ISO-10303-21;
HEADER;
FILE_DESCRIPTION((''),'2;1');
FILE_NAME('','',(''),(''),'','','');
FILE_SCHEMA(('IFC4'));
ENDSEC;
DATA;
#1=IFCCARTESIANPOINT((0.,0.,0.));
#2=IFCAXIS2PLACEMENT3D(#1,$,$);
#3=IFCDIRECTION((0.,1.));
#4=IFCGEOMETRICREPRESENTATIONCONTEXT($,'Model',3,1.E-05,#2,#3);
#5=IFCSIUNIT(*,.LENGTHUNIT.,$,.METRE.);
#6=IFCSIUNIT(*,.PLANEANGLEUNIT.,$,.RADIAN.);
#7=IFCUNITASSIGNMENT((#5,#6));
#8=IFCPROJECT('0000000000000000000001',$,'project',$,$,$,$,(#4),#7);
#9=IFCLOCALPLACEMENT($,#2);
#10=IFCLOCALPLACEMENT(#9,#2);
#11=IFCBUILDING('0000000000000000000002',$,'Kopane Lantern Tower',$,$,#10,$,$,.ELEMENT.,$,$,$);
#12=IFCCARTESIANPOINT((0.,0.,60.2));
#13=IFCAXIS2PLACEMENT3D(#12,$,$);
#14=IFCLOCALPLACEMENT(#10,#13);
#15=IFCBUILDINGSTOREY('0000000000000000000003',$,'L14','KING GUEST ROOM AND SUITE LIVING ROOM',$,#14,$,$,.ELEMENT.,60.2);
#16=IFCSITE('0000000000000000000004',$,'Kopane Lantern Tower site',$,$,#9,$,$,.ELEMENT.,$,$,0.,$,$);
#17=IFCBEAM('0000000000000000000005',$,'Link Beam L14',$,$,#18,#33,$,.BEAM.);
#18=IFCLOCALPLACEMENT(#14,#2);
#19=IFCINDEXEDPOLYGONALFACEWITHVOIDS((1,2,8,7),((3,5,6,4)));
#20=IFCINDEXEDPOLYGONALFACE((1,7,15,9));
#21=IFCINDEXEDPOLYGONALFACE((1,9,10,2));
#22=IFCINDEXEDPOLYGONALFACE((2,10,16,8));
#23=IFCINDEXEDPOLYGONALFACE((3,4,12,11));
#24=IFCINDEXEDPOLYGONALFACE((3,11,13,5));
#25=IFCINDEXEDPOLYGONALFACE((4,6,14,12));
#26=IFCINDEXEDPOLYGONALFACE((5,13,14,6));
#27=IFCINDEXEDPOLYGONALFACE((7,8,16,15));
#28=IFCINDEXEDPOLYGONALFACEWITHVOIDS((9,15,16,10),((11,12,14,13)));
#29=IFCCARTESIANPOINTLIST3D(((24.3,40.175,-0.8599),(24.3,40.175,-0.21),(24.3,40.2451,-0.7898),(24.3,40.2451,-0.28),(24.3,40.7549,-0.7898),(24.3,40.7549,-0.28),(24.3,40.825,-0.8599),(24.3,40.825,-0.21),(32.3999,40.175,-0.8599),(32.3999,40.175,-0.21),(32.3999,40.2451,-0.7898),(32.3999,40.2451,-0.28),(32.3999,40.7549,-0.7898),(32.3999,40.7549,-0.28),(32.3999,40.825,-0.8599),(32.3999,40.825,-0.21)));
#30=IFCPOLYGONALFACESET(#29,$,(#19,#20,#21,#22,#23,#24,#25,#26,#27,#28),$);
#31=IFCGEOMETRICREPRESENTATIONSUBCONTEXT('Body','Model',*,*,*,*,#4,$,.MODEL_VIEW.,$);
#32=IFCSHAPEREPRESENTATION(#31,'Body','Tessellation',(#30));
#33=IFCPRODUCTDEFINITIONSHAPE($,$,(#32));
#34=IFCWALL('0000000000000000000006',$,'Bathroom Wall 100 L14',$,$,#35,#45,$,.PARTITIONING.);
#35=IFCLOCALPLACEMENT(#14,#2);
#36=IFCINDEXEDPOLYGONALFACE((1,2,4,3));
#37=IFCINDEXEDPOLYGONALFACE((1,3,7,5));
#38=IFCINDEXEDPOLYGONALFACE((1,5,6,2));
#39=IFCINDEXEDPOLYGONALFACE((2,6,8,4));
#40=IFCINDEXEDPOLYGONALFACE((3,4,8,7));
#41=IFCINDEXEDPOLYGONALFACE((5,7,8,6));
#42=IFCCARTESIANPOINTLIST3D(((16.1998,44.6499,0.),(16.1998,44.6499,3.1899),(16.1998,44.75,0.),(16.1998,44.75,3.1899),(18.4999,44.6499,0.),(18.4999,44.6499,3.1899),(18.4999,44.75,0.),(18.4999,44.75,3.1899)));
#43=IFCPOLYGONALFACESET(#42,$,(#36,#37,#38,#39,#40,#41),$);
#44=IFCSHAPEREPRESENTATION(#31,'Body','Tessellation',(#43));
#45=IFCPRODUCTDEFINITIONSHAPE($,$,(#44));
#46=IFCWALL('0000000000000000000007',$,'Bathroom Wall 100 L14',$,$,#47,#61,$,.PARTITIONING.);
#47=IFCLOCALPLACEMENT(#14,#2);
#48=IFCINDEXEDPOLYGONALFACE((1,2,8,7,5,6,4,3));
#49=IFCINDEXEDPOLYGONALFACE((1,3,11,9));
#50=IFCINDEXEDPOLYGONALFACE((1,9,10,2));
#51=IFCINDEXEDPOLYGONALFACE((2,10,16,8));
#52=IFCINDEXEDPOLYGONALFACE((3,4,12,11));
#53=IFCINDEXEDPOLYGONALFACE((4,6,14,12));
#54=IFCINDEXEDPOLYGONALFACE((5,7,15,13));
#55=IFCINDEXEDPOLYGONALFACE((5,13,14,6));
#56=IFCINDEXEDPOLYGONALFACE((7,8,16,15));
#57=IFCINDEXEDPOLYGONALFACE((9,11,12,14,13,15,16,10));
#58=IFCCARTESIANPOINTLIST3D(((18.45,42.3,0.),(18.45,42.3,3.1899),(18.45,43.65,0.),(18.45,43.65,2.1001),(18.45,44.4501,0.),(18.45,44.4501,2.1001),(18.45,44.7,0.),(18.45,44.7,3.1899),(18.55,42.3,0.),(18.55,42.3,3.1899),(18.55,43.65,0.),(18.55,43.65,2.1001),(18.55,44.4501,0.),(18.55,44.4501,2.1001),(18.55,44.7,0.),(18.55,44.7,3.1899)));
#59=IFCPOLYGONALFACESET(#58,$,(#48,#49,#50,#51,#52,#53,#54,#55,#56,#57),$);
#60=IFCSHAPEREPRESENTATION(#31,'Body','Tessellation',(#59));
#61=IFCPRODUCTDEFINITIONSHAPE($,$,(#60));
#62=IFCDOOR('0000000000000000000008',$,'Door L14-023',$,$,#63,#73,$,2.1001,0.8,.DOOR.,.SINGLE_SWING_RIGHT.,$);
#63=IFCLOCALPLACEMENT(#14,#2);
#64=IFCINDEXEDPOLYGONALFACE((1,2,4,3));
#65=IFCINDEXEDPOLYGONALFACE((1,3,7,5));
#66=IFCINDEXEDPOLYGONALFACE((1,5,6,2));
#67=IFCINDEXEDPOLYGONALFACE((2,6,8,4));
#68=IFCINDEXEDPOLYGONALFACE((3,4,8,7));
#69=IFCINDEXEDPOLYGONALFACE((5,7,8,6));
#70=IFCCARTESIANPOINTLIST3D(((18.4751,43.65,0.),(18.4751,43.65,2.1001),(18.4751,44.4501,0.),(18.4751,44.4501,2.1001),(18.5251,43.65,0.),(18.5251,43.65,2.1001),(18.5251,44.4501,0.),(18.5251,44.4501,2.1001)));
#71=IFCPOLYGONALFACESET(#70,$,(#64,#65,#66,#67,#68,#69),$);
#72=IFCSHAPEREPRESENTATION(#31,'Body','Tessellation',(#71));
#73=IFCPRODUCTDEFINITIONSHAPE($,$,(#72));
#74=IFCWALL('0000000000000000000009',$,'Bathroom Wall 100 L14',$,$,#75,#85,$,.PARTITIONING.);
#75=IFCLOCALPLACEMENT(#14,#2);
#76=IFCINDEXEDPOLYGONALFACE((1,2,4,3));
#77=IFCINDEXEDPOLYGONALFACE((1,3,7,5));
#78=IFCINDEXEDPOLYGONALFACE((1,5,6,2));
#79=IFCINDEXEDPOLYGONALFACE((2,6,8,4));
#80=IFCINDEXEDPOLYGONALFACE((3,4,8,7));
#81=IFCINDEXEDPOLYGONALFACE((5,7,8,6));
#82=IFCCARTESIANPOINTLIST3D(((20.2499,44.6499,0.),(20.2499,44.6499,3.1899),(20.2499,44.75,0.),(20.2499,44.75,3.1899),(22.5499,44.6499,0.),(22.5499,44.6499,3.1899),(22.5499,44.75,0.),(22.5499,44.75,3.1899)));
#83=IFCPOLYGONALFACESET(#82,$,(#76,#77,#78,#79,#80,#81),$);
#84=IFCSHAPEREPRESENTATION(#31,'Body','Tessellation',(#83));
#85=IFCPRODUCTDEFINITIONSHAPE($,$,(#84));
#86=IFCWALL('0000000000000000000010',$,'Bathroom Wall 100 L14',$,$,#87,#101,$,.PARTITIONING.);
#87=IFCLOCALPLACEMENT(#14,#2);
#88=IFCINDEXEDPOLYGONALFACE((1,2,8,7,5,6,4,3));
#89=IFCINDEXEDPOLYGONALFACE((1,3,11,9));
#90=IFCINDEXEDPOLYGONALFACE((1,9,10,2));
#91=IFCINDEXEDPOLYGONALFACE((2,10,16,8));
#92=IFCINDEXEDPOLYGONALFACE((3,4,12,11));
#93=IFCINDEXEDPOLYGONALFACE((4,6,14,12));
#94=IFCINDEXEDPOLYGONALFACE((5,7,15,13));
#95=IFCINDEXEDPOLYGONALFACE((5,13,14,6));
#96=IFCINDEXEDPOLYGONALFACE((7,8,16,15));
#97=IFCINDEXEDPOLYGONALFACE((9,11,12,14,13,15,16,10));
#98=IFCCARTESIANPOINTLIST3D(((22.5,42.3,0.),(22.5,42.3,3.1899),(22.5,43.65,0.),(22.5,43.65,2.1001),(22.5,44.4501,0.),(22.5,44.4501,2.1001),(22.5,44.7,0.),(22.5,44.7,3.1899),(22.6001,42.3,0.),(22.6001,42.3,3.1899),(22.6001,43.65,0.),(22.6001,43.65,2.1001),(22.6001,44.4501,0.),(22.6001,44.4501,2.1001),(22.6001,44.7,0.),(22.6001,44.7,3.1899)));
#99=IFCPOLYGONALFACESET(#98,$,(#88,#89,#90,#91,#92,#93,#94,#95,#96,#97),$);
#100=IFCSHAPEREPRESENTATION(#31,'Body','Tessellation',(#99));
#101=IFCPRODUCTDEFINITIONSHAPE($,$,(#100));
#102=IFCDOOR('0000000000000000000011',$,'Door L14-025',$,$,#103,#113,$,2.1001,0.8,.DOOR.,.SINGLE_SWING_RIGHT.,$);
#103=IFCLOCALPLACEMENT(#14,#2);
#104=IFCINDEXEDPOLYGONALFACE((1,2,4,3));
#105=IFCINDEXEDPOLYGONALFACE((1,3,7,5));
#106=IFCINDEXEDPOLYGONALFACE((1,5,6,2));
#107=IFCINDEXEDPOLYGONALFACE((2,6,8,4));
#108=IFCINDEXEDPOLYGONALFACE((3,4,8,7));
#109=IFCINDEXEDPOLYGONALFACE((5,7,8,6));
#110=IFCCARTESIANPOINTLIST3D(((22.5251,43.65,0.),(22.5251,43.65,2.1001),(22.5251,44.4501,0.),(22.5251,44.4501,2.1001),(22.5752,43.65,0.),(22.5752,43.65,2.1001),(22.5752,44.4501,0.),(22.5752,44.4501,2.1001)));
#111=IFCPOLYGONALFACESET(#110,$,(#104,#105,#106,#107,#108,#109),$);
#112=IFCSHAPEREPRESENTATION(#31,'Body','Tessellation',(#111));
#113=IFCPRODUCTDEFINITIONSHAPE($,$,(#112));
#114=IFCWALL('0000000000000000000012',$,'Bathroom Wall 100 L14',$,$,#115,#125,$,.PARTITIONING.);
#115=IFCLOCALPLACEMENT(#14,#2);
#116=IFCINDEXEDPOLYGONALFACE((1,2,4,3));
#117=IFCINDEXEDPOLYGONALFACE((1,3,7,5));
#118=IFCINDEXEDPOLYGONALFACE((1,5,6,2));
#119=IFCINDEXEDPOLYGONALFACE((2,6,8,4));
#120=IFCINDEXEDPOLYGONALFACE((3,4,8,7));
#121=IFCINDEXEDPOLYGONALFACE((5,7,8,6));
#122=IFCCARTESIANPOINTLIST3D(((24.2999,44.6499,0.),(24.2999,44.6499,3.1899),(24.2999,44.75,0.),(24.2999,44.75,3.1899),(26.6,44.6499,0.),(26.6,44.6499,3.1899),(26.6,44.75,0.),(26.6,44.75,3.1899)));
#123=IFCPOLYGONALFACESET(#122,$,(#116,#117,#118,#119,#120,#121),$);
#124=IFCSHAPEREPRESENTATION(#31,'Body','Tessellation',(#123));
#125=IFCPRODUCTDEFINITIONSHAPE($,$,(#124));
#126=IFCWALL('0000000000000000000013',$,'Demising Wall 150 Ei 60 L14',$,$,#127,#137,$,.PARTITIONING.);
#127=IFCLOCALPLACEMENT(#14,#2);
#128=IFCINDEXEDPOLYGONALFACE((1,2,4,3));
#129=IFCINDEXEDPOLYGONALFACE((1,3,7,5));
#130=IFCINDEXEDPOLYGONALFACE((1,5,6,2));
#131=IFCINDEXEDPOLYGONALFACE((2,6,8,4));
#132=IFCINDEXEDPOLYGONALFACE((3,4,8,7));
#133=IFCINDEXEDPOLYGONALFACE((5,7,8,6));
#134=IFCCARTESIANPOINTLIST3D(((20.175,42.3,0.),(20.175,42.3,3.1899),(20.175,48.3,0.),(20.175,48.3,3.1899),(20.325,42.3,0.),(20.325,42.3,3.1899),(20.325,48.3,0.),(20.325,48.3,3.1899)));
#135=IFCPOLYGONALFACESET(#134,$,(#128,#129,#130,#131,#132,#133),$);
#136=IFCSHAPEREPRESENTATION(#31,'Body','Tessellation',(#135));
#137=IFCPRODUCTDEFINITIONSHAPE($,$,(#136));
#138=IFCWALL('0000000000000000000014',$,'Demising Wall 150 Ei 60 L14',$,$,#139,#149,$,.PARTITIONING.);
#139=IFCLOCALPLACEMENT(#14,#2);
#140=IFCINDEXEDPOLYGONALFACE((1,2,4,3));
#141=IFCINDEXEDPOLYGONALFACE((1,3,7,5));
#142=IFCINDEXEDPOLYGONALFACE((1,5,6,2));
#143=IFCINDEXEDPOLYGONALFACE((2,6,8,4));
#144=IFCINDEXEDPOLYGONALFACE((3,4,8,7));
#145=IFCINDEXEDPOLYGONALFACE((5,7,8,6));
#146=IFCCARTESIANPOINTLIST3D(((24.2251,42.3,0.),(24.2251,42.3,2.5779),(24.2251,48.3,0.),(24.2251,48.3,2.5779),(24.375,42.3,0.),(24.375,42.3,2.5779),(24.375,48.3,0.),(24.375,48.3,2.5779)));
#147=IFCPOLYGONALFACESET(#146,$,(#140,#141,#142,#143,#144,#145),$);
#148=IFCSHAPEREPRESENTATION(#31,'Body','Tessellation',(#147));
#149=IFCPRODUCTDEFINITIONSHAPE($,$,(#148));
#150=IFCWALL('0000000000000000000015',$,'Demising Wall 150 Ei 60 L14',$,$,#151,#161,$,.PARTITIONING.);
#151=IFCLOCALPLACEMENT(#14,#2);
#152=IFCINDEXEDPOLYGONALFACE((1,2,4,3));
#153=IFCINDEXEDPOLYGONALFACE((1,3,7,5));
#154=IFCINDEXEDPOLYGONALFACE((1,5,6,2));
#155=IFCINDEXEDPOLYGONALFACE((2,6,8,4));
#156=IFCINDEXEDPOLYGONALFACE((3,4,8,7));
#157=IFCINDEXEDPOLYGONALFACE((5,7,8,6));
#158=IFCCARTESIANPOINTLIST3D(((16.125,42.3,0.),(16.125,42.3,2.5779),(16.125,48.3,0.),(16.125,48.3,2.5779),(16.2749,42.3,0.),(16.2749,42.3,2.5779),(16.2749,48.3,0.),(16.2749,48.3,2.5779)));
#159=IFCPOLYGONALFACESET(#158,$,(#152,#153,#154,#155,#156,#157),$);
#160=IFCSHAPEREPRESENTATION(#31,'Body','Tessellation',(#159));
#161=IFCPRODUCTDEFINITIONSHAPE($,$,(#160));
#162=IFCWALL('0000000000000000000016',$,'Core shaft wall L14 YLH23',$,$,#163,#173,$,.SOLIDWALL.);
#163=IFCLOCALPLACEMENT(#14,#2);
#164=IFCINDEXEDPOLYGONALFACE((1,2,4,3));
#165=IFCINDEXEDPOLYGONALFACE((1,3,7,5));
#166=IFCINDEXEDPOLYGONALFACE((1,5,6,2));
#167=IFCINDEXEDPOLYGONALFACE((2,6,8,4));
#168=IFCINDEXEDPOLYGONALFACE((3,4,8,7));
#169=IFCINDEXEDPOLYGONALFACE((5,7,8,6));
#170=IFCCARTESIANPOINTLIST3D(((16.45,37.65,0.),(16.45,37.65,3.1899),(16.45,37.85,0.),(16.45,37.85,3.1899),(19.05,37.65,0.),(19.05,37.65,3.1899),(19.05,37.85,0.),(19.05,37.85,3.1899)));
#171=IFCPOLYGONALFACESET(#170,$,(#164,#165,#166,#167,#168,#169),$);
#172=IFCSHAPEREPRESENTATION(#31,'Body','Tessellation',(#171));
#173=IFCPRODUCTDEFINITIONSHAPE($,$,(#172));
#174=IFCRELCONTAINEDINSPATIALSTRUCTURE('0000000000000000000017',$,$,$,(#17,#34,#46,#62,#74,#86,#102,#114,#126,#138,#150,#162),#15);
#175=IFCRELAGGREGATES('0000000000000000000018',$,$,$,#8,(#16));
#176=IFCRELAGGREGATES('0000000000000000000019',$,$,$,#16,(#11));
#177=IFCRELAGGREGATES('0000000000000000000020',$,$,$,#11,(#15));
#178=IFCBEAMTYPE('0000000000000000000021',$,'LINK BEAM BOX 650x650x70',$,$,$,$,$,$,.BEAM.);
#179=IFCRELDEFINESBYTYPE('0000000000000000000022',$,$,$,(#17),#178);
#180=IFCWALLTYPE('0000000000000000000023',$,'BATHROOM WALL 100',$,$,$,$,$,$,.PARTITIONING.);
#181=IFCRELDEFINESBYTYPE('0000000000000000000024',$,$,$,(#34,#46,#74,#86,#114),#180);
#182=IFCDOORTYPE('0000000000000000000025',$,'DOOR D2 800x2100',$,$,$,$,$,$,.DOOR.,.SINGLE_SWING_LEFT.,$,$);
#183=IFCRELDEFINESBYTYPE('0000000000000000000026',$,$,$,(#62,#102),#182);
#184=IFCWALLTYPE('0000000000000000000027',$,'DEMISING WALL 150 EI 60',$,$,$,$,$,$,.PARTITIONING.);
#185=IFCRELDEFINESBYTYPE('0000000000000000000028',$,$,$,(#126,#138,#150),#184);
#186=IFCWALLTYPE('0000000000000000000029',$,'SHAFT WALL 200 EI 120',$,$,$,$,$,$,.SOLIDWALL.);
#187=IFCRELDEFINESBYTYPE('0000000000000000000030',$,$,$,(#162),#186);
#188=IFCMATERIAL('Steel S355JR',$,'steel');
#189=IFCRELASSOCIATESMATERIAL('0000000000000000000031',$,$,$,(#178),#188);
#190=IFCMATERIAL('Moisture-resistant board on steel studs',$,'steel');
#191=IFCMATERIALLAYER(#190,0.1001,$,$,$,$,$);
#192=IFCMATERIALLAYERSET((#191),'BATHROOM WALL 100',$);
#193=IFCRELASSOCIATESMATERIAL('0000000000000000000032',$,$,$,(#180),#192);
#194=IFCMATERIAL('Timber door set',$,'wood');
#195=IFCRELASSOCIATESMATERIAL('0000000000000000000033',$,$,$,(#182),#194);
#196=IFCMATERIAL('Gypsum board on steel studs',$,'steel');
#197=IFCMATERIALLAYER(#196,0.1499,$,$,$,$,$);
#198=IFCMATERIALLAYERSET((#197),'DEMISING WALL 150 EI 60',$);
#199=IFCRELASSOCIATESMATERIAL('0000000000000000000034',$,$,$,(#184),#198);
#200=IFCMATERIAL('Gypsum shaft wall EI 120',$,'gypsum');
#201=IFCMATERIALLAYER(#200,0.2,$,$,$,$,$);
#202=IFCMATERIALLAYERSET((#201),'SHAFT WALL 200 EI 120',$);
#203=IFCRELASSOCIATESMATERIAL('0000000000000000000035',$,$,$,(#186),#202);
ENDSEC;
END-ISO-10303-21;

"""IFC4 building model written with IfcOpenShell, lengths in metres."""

from ifc_helpers import new_model, si_unit, direction, frame, frame_2d, origin, origin_2d, place, context, subcontext, project, spatial, rectangle, hollow_rectangle, extrude, material, layer, layer_set, material_profile, profile_set, type_object, element, fill, save


model = new_model("IFC4")

# Units and contexts
model_context = context("Model", 3, precision=1e-05, world=origin(), true_north=direction((0.0, 1.0)))
body_context = subcontext(model_context, "Body", "Model", "MODEL_VIEW")
ifc_project = project(units=[si_unit("LENGTHUNIT", "METRE"), si_unit("PLANEANGLEUNIT", "RADIAN")], contexts=[model_context])

# Site, building, storey
site_placement = place(None, origin())
site = spatial("IfcSite", under=ifc_project, at=site_placement, Name="Kopane Lantern Tower site", CompositionType="ELEMENT", RefElevation=0.0)
building_placement = place(site_placement, origin())
building = spatial("IfcBuilding", under=site, at=building_placement, Name="Kopane Lantern Tower", CompositionType="ELEMENT")
storey_placement = place(building_placement, frame((0.0, 0.0, 60.2)))
storey = spatial("IfcBuildingStorey", under=building, at=storey_placement, Name="L14", Description="KING GUEST ROOM AND SUITE LIVING ROOM", CompositionType="ELEMENT", Elevation=60.2)

# Beam
ifc_material_1 = material(Name="Steel S355JR", Category="steel")
ifc_material_profile_1 = material_profile(ifc_material_1, hollow_rectangle(XDim=0.6499, YDim=0.6499, WallThickness=0.0701, at=origin_2d()), Name="BOX 650x650x70")
ifc_profile_set_1 = profile_set([ifc_material_profile_1], Name="Steel S355JR")
beam_type_1 = type_object("IfcBeamType", Name="LINK BEAM BOX 650x650x70", PredefinedType="BEAM", material=ifc_profile_set_1)
beam_1_placement = place(storey_placement, frame((24.3, 40.5, -0.5349), z_axis=(1.0, 0.0, 0.0), x_axis=(0.0, 1.0, 0.0)))
element("IfcBeam", 1, at=beam_1_placement, inside=storey, type_object=beam_type_1, Name="Link Beam L14", PredefinedType="BEAM", context=body_context, shape_type="SweptSolid", body=[
    extrude(hollow_rectangle(XDim=0.6499, YDim=0.6499, WallThickness=0.0701, at=origin_2d()), origin(), (0.0, 0.0, 1.0), 8.0999),
])

# Wall
ifc_material_2 = material(Name="Moisture-resistant board on steel studs", Category="steel")
ifc_layer_1 = layer(ifc_material_2, 0.1001)
ifc_layer_set_1 = layer_set([ifc_layer_1], Name="BATHROOM WALL 100")
wall_type_1 = type_object("IfcWallType", Name="BATHROOM WALL 100", PredefinedType="PARTITIONING", material=ifc_layer_set_1)
wall_1_placement = place(storey_placement, frame((16.2, 44.7, 0.0), z_axis=(0.0, 0.0, 1.0), x_axis=(1.0, 0.0, 0.0)))
element("IfcWall", 2, at=wall_1_placement, inside=storey, type_object=wall_type_1, Name="Bathroom Wall 100 L14", PredefinedType="PARTITIONING", context=body_context, shape_type="SweptSolid", body=[
    extrude(rectangle(XDim=2.3, YDim=0.1001, at=frame_2d((1.1499, 0.0))), origin(), (0.0, 0.0, 1.0), 3.1899),
])

# Wall, opening, door
wall_2_placement = place(storey_placement, frame((18.5, 42.3, 0.0), z_axis=(0.0, 0.0, 1.0), x_axis=(0.0, 1.0, 0.0)))
wall_2 = element("IfcWall", 3, at=wall_2_placement, inside=storey, type_object=wall_type_1, Name="Bathroom Wall 100 L14", PredefinedType="PARTITIONING", context=body_context, shape_type="SweptSolid", body=[
    extrude(rectangle(XDim=2.3999, YDim=0.1001, at=frame_2d((1.2, 0.0))), origin(), (0.0, 0.0, 1.0), 3.1899),
])
opening_1_placement = place(wall_2_placement, frame((1.3501, 0.0, 0.0)))
opening_1 = element("IfcOpeningElement", 4, at=opening_1_placement, cuts=wall_2, PredefinedType="OPENING", context=body_context, shape_type="SweptSolid", body=[
    extrude(rectangle(XDim=0.8, YDim=2.1001, at=frame_2d((0.3999, 1.05))), frame((0.0, 0.0601, 0.0), z_axis=(0.0, -1.0, 0.0), x_axis=(1.0, 0.0, 0.0)), (0.0, 0.0, 1.0), 0.1201),
])
ifc_material_3 = material(Name="Timber door set", Category="wood")
door_type = type_object("IfcDoorType", Name="DOOR D2 800x2100", OperationType="SINGLE_SWING_LEFT", PredefinedType="DOOR", material=ifc_material_3)
door_1_placement = place(opening_1_placement, origin())
door_1 = element("IfcDoor", 5, at=door_1_placement, inside=storey, type_object=door_type, Name="Door L14-023", OperationType="SINGLE_SWING_RIGHT", OverallHeight=2.1001, OverallWidth=0.8, PredefinedType="DOOR", context=body_context, shape_type="SweptSolid", body=[
    extrude(rectangle(XDim=0.8, YDim=2.1001, at=frame_2d((0.3999, 1.05))), frame((0.0, 0.0249, 0.0), z_axis=(0.0, -1.0, 0.0), x_axis=(1.0, 0.0, 0.0)), (0.0, 0.0, 1.0), 0.05),
])
fill(opening_1, door_1)

# Wall
wall_3_placement = place(storey_placement, frame((20.25, 44.7, 0.0), z_axis=(0.0, 0.0, 1.0), x_axis=(1.0, 0.0, 0.0)))
element("IfcWall", 6, at=wall_3_placement, inside=storey, type_object=wall_type_1, Name="Bathroom Wall 100 L14", PredefinedType="PARTITIONING", context=body_context, shape_type="SweptSolid", body=[
    extrude(rectangle(XDim=2.3, YDim=0.1001, at=frame_2d((1.1499, 0.0))), origin(), (0.0, 0.0, 1.0), 3.1899),
])

# Wall, opening, door
wall_4_placement = place(storey_placement, frame((22.55, 42.3, 0.0), z_axis=(0.0, 0.0, 1.0), x_axis=(0.0, 1.0, 0.0)))
wall_4 = element("IfcWall", 7, at=wall_4_placement, inside=storey, type_object=wall_type_1, Name="Bathroom Wall 100 L14", PredefinedType="PARTITIONING", context=body_context, shape_type="SweptSolid", body=[
    extrude(rectangle(XDim=2.3999, YDim=0.1001, at=frame_2d((1.2, 0.0))), origin(), (0.0, 0.0, 1.0), 3.1899),
])
opening_2_placement = place(wall_4_placement, frame((1.3501, 0.0, 0.0)))
opening_2 = element("IfcOpeningElement", 8, at=opening_2_placement, cuts=wall_4, PredefinedType="OPENING", context=body_context, shape_type="SweptSolid", body=[
    extrude(rectangle(XDim=0.8, YDim=2.1001, at=frame_2d((0.3999, 1.05))), frame((0.0, 0.0601, 0.0), z_axis=(0.0, -1.0, 0.0), x_axis=(1.0, 0.0, 0.0)), (0.0, 0.0, 1.0), 0.1201),
])
door_2_placement = place(opening_2_placement, origin())
door_2 = element("IfcDoor", 9, at=door_2_placement, inside=storey, type_object=door_type, Name="Door L14-025", OperationType="SINGLE_SWING_RIGHT", OverallHeight=2.1001, OverallWidth=0.8, PredefinedType="DOOR", context=body_context, shape_type="SweptSolid", body=[
    extrude(rectangle(XDim=0.8, YDim=2.1001, at=frame_2d((0.3999, 1.05))), frame((0.0, 0.0249, 0.0), z_axis=(0.0, -1.0, 0.0), x_axis=(1.0, 0.0, 0.0)), (0.0, 0.0, 1.0), 0.05),
])
fill(opening_2, door_2)

# Walls
wall_5_placement = place(storey_placement, frame((24.3, 44.7, 0.0), z_axis=(0.0, 0.0, 1.0), x_axis=(1.0, 0.0, 0.0)))
element("IfcWall", 10, at=wall_5_placement, inside=storey, type_object=wall_type_1, Name="Bathroom Wall 100 L14", PredefinedType="PARTITIONING", context=body_context, shape_type="SweptSolid", body=[
    extrude(rectangle(XDim=2.3, YDim=0.1001, at=frame_2d((1.1499, 0.0))), origin(), (0.0, 0.0, 1.0), 3.1899),
])
ifc_material_4 = material(Name="Gypsum board on steel studs", Category="steel")
ifc_layer_2 = layer(ifc_material_4, 0.1499)
ifc_layer_set_2 = layer_set([ifc_layer_2], Name="DEMISING WALL 150 EI 60")
wall_type_2 = type_object("IfcWallType", Name="DEMISING WALL 150 EI 60", PredefinedType="PARTITIONING", material=ifc_layer_set_2)
wall_6_placement = place(storey_placement, frame((20.25, 42.3, 0.0), z_axis=(0.0, 0.0, 1.0), x_axis=(0.0, 1.0, 0.0)))
element("IfcWall", 11, at=wall_6_placement, inside=storey, type_object=wall_type_2, Name="Demising Wall 150 Ei 60 L14", PredefinedType="PARTITIONING", context=body_context, shape_type="SweptSolid", body=[
    extrude(rectangle(XDim=6.0, YDim=0.1499, at=frame_2d((3.0, 0.0))), origin(), (0.0, 0.0, 1.0), 3.1899),
])
for number, where, z_axis, x_axis, name in (
    (12, (24.3, 42.3, 0.0), (0.0, 0.0, 1.0), (0.0, 1.0, 0.0), "Demising Wall 150 Ei 60 L14"),
    (13, (16.2, 42.3, 0.0), (0.0, 0.0, 1.0), (0.0, 1.0, 0.0), "Demising Wall 150 Ei 60 L14"),
):
    element("IfcWall", number, at=place(storey_placement, frame(where, z_axis=z_axis, x_axis=x_axis)), inside=storey, type_object=wall_type_2, Name=name, PredefinedType="PARTITIONING", context=body_context, shape_type="SweptSolid", body=[
        extrude(rectangle(XDim=6.0, YDim=0.1499, at=frame_2d((3.0, 0.0))), origin(), (0.0, 0.0, 1.0), 2.5779),
    ])
ifc_material_5 = material(Name="Gypsum shaft wall EI 120", Category="gypsum")
ifc_layer_3 = layer(ifc_material_5, 0.2)
ifc_layer_set_3 = layer_set([ifc_layer_3], Name="SHAFT WALL 200 EI 120")
wall_type_3 = type_object("IfcWallType", Name="SHAFT WALL 200 EI 120", PredefinedType="SOLIDWALL", material=ifc_layer_set_3)
wall_7_placement = place(storey_placement, frame((16.45, 37.75, 0.0), z_axis=(0.0, 0.0, 1.0), x_axis=(1.0, 0.0, 0.0)))
element("IfcWall", 14, at=wall_7_placement, inside=storey, type_object=wall_type_3, Name="Core shaft wall L14 YLH23", PredefinedType="SOLIDWALL", context=body_context, shape_type="SweptSolid", body=[
    extrude(rectangle(XDim=2.6001, YDim=0.2, at=frame_2d((1.3, 0.0))), origin(), (0.0, 0.0, 1.0), 3.1899),
])

save(model, "model.ifc")
